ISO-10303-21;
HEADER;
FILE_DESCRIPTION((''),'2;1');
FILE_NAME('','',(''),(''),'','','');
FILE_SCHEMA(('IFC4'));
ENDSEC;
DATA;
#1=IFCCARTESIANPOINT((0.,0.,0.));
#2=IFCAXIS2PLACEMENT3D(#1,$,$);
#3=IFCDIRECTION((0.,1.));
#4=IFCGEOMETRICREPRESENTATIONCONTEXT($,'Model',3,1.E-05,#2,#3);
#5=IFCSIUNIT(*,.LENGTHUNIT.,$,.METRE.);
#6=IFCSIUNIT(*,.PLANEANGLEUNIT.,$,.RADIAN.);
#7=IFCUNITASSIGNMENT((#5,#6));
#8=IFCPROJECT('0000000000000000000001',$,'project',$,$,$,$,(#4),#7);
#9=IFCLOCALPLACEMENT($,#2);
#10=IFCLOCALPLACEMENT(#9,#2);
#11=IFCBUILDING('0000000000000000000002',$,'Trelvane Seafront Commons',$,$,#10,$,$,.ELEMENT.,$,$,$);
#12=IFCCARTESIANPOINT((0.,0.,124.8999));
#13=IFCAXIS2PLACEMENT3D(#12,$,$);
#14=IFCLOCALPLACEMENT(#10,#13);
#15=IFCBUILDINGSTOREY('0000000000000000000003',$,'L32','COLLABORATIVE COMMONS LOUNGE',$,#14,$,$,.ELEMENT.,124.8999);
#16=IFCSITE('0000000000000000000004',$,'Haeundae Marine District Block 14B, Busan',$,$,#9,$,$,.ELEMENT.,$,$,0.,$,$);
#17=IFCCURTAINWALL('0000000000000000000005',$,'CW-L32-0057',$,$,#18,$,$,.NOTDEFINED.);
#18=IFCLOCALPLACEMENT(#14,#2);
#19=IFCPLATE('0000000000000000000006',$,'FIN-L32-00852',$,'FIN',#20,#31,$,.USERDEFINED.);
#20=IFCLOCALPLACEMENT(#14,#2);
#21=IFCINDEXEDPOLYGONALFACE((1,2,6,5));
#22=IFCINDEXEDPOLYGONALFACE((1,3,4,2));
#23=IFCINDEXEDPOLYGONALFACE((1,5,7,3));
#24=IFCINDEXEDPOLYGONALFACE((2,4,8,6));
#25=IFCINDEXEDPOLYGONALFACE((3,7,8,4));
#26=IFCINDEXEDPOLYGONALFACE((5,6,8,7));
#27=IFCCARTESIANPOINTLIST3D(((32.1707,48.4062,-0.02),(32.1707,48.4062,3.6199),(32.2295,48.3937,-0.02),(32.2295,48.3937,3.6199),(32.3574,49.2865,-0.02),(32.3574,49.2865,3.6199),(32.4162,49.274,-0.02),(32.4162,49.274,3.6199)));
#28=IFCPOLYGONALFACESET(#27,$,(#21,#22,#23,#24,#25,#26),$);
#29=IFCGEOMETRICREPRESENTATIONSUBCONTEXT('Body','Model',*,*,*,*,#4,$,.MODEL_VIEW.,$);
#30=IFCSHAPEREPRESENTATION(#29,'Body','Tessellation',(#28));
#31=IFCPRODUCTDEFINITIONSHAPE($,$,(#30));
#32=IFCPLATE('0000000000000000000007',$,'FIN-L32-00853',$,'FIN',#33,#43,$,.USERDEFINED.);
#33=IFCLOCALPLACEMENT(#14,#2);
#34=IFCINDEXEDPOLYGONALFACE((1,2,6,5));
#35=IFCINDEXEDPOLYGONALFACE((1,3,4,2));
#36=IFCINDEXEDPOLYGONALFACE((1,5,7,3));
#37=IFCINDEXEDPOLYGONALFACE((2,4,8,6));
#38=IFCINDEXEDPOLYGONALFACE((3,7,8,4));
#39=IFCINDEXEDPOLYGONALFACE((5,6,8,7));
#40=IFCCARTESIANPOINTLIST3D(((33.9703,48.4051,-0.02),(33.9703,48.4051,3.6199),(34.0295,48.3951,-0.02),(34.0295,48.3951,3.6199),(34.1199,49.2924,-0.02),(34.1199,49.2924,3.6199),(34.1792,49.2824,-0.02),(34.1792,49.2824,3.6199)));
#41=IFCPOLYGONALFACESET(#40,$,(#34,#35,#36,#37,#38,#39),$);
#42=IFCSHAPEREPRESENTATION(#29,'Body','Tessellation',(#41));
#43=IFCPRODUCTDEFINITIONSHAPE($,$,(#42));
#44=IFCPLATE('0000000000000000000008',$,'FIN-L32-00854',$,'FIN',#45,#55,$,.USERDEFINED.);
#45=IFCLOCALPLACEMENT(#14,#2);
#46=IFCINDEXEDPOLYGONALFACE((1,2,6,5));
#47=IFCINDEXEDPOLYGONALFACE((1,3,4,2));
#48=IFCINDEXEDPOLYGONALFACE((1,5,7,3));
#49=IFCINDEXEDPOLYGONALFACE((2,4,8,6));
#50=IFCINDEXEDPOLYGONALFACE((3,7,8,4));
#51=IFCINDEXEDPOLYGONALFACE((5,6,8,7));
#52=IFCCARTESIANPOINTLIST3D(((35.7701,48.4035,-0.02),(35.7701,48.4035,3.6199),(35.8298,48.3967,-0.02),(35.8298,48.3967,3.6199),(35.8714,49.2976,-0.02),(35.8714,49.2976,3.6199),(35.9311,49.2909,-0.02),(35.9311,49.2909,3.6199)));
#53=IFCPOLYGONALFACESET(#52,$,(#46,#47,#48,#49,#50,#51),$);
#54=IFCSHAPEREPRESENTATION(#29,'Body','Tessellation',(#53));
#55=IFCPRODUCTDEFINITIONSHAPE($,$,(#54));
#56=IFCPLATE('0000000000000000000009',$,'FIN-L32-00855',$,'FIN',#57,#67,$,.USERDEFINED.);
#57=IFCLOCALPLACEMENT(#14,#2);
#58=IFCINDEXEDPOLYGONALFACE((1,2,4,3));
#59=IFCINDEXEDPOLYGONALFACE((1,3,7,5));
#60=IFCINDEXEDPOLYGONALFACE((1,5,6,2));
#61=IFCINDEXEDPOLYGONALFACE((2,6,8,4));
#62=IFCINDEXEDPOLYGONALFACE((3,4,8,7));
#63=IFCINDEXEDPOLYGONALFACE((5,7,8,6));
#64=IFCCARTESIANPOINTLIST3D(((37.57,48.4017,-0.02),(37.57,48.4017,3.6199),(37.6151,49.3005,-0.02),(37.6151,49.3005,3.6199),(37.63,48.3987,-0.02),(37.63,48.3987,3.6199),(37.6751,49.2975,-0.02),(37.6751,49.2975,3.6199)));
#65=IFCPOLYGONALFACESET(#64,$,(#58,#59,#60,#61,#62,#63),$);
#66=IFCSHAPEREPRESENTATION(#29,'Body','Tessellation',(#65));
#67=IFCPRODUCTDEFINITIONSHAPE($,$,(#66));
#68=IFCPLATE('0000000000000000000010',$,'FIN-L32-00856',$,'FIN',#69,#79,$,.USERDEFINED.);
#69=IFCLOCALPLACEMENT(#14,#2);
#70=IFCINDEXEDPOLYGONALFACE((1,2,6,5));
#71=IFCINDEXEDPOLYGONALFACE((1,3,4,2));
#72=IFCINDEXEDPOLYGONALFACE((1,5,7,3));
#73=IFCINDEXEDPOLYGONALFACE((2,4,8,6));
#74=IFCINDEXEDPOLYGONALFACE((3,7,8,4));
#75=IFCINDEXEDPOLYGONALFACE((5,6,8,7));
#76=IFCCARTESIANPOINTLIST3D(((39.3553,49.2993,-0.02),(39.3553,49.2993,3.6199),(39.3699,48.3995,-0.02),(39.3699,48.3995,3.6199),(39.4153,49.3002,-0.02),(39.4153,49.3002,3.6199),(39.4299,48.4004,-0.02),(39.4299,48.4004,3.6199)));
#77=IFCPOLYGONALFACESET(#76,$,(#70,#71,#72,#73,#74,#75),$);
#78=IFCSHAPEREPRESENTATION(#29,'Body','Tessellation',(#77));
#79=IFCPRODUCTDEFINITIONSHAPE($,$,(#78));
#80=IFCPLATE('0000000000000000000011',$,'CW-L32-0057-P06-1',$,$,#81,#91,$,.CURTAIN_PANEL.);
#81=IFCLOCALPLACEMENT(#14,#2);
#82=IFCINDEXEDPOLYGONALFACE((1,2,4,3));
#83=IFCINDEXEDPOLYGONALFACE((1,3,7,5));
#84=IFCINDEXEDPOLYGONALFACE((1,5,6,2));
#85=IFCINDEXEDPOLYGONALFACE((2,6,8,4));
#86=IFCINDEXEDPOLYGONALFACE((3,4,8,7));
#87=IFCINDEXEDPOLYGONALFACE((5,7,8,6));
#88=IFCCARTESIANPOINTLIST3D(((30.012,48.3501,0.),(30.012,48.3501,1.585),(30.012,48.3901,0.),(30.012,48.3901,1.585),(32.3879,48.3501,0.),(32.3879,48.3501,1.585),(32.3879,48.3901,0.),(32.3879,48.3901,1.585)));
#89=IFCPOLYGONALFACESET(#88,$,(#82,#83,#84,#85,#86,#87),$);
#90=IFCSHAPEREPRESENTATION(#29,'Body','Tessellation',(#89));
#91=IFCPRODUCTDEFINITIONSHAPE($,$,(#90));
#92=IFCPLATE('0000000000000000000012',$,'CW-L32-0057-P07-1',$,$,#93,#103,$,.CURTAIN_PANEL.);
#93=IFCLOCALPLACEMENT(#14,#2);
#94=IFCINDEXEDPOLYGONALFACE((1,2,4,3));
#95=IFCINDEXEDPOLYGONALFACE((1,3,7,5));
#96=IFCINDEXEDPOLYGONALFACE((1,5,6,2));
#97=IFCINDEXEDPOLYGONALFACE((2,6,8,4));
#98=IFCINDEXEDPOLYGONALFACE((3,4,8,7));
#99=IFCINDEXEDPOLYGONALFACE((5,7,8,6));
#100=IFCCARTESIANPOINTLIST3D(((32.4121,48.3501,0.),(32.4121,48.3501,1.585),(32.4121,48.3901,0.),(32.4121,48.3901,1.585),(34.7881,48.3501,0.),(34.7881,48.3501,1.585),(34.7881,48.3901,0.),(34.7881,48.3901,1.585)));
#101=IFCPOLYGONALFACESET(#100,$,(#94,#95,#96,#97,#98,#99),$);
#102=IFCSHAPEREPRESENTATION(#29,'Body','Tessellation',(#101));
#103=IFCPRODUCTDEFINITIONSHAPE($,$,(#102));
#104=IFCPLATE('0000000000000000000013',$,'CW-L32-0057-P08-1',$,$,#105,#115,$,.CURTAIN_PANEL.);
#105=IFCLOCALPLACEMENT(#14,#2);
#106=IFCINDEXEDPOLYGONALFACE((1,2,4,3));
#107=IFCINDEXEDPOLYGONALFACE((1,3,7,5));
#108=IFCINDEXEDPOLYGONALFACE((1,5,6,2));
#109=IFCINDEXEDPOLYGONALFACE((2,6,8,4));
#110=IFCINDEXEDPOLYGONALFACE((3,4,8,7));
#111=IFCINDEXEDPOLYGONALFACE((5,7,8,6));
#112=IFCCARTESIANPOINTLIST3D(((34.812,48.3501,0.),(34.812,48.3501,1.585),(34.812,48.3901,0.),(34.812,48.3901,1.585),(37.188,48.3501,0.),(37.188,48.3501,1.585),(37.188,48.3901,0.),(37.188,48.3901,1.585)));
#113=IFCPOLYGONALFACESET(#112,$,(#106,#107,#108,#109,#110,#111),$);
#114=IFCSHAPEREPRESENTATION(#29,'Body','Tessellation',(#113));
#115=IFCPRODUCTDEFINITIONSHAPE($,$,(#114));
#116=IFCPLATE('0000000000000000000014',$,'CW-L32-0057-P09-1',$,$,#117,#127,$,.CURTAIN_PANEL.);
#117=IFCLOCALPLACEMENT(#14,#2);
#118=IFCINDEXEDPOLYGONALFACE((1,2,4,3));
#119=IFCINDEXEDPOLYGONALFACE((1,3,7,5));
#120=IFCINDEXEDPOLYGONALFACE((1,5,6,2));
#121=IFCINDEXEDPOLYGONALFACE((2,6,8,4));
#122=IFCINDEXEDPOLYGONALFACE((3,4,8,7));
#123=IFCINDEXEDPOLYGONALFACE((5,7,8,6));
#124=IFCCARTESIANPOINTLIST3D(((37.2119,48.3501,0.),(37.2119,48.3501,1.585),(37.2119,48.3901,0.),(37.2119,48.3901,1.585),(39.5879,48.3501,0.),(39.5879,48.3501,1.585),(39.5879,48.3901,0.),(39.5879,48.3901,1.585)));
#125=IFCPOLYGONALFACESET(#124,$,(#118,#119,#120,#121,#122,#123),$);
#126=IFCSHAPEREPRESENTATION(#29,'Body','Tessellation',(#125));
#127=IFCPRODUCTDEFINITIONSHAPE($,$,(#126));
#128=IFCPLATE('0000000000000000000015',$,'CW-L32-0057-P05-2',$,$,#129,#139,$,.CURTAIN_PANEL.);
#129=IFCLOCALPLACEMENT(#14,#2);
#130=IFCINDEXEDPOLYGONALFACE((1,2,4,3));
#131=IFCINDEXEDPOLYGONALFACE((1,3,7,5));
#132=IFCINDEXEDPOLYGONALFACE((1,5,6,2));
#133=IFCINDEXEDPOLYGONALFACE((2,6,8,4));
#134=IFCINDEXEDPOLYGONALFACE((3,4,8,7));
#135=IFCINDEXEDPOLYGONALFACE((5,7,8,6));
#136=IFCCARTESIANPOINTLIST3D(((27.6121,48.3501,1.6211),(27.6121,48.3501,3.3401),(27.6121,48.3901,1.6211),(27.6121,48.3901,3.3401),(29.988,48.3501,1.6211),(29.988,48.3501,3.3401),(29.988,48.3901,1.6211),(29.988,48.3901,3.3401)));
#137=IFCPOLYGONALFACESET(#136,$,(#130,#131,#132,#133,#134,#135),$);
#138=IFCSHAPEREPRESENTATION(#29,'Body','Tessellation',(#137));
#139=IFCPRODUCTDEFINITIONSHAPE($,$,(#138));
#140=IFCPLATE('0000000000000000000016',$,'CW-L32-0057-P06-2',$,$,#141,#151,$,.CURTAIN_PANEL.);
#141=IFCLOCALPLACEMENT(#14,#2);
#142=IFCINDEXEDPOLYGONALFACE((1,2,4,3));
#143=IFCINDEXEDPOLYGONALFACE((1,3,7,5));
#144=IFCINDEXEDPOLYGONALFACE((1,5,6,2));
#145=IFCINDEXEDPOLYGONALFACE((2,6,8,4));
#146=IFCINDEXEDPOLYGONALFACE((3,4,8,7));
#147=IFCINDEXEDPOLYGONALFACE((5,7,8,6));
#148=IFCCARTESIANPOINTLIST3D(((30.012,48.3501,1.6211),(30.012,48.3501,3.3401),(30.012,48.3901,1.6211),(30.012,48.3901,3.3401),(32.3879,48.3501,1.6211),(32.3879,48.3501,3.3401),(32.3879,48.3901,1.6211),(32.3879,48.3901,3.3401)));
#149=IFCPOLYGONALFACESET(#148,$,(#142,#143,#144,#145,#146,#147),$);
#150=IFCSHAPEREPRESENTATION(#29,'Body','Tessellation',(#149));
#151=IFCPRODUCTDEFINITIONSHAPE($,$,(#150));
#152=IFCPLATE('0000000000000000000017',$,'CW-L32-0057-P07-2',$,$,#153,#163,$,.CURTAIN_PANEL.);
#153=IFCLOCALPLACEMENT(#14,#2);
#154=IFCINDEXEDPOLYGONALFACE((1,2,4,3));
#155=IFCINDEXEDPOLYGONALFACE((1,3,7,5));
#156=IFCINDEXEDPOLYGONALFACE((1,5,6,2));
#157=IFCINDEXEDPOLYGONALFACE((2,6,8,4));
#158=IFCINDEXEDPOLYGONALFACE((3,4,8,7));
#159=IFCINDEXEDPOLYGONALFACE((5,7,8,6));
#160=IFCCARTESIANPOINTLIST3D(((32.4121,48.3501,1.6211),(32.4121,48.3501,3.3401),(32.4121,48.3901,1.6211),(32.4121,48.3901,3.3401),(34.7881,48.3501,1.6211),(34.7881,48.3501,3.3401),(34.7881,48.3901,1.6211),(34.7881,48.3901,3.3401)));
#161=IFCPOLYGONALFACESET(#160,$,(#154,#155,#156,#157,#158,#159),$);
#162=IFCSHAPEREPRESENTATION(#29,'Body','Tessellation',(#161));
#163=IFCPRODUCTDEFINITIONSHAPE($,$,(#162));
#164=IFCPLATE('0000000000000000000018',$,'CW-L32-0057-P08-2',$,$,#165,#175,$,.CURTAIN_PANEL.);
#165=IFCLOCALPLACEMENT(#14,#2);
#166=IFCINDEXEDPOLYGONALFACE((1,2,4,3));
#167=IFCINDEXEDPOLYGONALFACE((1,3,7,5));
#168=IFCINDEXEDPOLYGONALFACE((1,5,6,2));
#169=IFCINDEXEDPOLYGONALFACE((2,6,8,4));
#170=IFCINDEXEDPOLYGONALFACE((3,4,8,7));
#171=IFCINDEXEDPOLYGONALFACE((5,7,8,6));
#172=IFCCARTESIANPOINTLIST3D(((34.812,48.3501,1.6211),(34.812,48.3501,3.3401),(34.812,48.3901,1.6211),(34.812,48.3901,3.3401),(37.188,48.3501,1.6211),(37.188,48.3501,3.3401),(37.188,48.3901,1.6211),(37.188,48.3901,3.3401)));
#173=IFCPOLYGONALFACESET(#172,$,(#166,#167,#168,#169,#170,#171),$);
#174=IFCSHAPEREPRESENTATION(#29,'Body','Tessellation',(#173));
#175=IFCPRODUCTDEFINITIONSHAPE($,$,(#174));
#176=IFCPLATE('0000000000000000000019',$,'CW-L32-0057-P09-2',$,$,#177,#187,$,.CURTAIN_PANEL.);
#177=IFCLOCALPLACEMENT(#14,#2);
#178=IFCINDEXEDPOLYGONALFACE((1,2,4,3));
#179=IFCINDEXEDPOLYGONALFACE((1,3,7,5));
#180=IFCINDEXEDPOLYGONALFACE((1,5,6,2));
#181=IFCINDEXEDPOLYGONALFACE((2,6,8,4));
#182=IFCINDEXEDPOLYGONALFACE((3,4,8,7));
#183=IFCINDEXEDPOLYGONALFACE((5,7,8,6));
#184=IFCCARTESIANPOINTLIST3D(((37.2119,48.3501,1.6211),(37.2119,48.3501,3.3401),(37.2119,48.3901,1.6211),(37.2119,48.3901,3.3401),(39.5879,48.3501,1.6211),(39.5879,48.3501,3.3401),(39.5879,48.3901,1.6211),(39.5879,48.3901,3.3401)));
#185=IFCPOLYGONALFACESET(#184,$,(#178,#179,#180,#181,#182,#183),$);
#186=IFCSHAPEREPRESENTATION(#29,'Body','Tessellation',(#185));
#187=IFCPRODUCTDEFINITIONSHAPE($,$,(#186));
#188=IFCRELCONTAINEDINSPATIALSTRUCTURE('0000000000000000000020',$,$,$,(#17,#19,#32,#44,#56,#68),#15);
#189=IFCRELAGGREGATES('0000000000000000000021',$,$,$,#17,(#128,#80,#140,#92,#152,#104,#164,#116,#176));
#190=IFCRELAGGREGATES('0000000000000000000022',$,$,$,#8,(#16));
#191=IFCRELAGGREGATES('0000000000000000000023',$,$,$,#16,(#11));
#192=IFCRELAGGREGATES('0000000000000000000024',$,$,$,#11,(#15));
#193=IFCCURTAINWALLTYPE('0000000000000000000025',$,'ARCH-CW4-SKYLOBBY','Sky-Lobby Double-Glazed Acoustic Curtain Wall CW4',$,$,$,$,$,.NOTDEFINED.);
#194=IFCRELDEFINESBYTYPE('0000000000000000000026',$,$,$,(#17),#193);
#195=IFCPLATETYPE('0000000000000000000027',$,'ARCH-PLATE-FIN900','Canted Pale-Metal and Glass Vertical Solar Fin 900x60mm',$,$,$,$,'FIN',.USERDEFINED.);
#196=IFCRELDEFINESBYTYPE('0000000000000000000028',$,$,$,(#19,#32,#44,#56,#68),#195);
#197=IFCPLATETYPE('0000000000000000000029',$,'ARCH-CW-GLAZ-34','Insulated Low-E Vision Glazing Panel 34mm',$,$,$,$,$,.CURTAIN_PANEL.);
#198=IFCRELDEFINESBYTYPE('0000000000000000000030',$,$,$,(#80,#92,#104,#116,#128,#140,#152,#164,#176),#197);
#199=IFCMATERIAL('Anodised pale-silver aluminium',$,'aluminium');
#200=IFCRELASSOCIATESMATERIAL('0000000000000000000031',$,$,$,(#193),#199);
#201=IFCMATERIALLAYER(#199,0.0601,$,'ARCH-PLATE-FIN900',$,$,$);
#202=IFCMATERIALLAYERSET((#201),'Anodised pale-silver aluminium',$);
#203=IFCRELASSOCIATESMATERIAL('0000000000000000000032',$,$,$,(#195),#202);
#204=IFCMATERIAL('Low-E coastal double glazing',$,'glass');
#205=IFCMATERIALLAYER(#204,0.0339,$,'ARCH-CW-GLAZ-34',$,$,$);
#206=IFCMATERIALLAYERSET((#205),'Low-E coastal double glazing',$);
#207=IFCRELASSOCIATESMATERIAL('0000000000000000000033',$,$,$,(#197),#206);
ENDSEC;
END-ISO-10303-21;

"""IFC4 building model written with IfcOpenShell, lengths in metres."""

from ifc_helpers import new_model, si_unit, direction, frame, origin, origin_2d, place, context, subcontext, project, spatial, rectangle, extrude, source, transform, mapped, material, layer, layer_set, type_object, element, aggregate, save


model = new_model("IFC4")

# Units and contexts
model_context = context("Model", 3, precision=1e-05, world=origin(), true_north=direction((0.0, 1.0)))
body_context = subcontext(model_context, "Body", "Model", "MODEL_VIEW")
ifc_project = project(units=[si_unit("LENGTHUNIT", "METRE"), si_unit("PLANEANGLEUNIT", "RADIAN")], contexts=[model_context])

# Site, building, storey
site_placement = place(None, origin())
site = spatial("IfcSite", under=ifc_project, at=site_placement, Name="Haeundae Marine District Block 14B, Busan", CompositionType="ELEMENT", RefElevation=0.0)
building_placement = place(site_placement, origin())
building = spatial("IfcBuilding", under=site, at=building_placement, Name="Trelvane Seafront Commons", CompositionType="ELEMENT")
storey_placement = place(building_placement, frame((0.0, 0.0, 124.8999)))
storey = spatial("IfcBuildingStorey", under=building, at=storey_placement, Name="L32", Description="COLLABORATIVE COMMONS LOUNGE", CompositionType="ELEMENT", Elevation=124.8999)

# Curtain wall
ifc_material_1 = material(Name="Anodised pale-silver aluminium", Category="aluminium")
curtain_wall_type = type_object("IfcCurtainWallType", Name="ARCH-CW4-SKYLOBBY", Description="Sky-Lobby Double-Glazed Acoustic Curtain Wall CW4", PredefinedType="NOTDEFINED", material=ifc_material_1)
curtain_wall_placement = place(storey_placement, origin())
curtain_wall = element("IfcCurtainWall", 1, at=curtain_wall_placement, inside=storey, type_object=curtain_wall_type, Name="CW-L32-0057", PredefinedType="NOTDEFINED")

# Plates
ifc_layer_1 = layer(ifc_material_1, 0.0601, Name="ARCH-PLATE-FIN900")
ifc_layer_set_1 = layer_set([ifc_layer_1], Name="Anodised pale-silver aluminium")
plate_type_1 = type_object("IfcPlateType", Name="ARCH-PLATE-FIN900", Description="Canted Pale-Metal and Glass Vertical Solar Fin 900x60mm", ElementType="FIN", PredefinedType="USERDEFINED", material=ifc_layer_set_1)
shared_shape_1 = source(origin(), body_context, "Body", "SweptSolid", [
    extrude(rectangle(XDim=0.8999, YDim=0.0601, at=origin_2d()), origin(), (0.0, 0.0, 1.0), 3.6399),
])
for number, where, z_axis, x_axis, name in (
    (2, (32.2935, 48.8401, -0.02), (0.0, 0.0, 1.0), (0.207449, 0.978246, 0.0), "FIN-L32-00852"),
    (3, (34.0747, 48.8438, -0.02), (0.0, 0.0, 1.0), (0.166326, 0.986071, 0.0), "FIN-L32-00853"),
    (4, (35.8506, 48.8472, -0.02), (0.0, 0.0, 1.0), (0.112553, 0.993646, 0.0), "FIN-L32-00854"),
    (5, (37.6226, 48.8496, -0.02), (0.0, 0.0, 1.0), (0.05011, 0.998744, 0.0), "FIN-L32-00855"),
    (6, (39.3926, 48.8499, -0.02), (0.0, 0.0, 1.0), (-0.016222, 0.999868, 0.0), "FIN-L32-00856"),
):
    element("IfcPlate", number, at=place(storey_placement, frame(where, z_axis=z_axis, x_axis=x_axis)), inside=storey, type_object=plate_type_1, Name=name, ObjectType="FIN", PredefinedType="USERDEFINED", context=body_context, shape_type="MappedRepresentation", body=[
        mapped(shared_shape_1, transform((0.0, 0.0, 0.0), x_axis=(1.0, 0.0, 0.0), y_axis=(0.0, 1.0, 0.0), z_axis=(0.0, 0.0, 1.0), scale=1.0)),
    ])

# Plates
ifc_material_2 = material(Name="Low-E coastal double glazing", Category="glass")
ifc_layer_2 = layer(ifc_material_2, 0.0339, Name="ARCH-CW-GLAZ-34")
ifc_layer_set_2 = layer_set([ifc_layer_2], Name="Low-E coastal double glazing")
plate_type_2 = type_object("IfcPlateType", Name="ARCH-CW-GLAZ-34", Description="Insulated Low-E Vision Glazing Panel 34mm", PredefinedType="CURTAIN_PANEL", material=ifc_layer_set_2)
shared_shape_2 = source(origin(), body_context, "Body", "SweptSolid", [
    extrude(rectangle(XDim=2.376, YDim=0.04, at=origin_2d()), origin(), (0.0, 0.0, 1.0), 1.585),
])
plate_1_placement = place(storey_placement, frame((31.2, 48.3701, 0.0), z_axis=(0.0, 0.0, 1.0), x_axis=(1.0, 0.0, 0.0)))
plate_1 = element("IfcPlate", 7, at=plate_1_placement, type_object=plate_type_2, Name="CW-L32-0057-P06-1", PredefinedType="CURTAIN_PANEL", context=body_context, shape_type="MappedRepresentation", body=[
    mapped(shared_shape_2, transform((0.0, 0.0, 0.0), x_axis=(1.0, 0.0, 0.0), y_axis=(0.0, 1.0, 0.0), z_axis=(0.0, 0.0, 1.0), scale=1.0)),
])
plate_2_placement = place(storey_placement, frame((33.6001, 48.3701, 0.0), z_axis=(0.0, 0.0, 1.0), x_axis=(1.0, 0.0, 0.0)))
plate_2 = element("IfcPlate", 8, at=plate_2_placement, type_object=plate_type_2, Name="CW-L32-0057-P07-1", PredefinedType="CURTAIN_PANEL", context=body_context, shape_type="MappedRepresentation", body=[
    mapped(shared_shape_2, transform((0.0, 0.0, 0.0), x_axis=(1.0, 0.0, 0.0), y_axis=(0.0, 1.0, 0.0), z_axis=(0.0, 0.0, 1.0), scale=1.0)),
])
plate_3_placement = place(storey_placement, frame((36.0, 48.3701, 0.0), z_axis=(0.0, 0.0, 1.0), x_axis=(1.0, 0.0, 0.0)))
plate_3 = element("IfcPlate", 9, at=plate_3_placement, type_object=plate_type_2, Name="CW-L32-0057-P08-1", PredefinedType="CURTAIN_PANEL", context=body_context, shape_type="MappedRepresentation", body=[
    mapped(shared_shape_2, transform((0.0, 0.0, 0.0), x_axis=(1.0, 0.0, 0.0), y_axis=(0.0, 1.0, 0.0), z_axis=(0.0, 0.0, 1.0), scale=1.0)),
])
plate_4_placement = place(storey_placement, frame((38.3999, 48.3701, 0.0), z_axis=(0.0, 0.0, 1.0), x_axis=(1.0, 0.0, 0.0)))
plate_4 = element("IfcPlate", 10, at=plate_4_placement, type_object=plate_type_2, Name="CW-L32-0057-P09-1", PredefinedType="CURTAIN_PANEL", context=body_context, shape_type="MappedRepresentation", body=[
    mapped(shared_shape_2, transform((0.0, 0.0, 0.0), x_axis=(1.0, 0.0, 0.0), y_axis=(0.0, 1.0, 0.0), z_axis=(0.0, 0.0, 1.0), scale=1.0)),
])
shared_shape_3 = source(origin(), body_context, "Body", "SweptSolid", [
    extrude(rectangle(XDim=2.376, YDim=0.04, at=origin_2d()), origin(), (0.0, 0.0, 1.0), 1.719),
])
plate_5_placement = place(storey_placement, frame((28.8, 48.3701, 1.6211), z_axis=(0.0, 0.0, 1.0), x_axis=(1.0, 0.0, 0.0)))
plate_5 = element("IfcPlate", 11, at=plate_5_placement, type_object=plate_type_2, Name="CW-L32-0057-P05-2", PredefinedType="CURTAIN_PANEL", context=body_context, shape_type="MappedRepresentation", body=[
    mapped(shared_shape_3, transform((0.0, 0.0, 0.0), x_axis=(1.0, 0.0, 0.0), y_axis=(0.0, 1.0, 0.0), z_axis=(0.0, 0.0, 1.0), scale=1.0)),
])
plate_6_placement = place(storey_placement, frame((31.2, 48.3701, 1.6211), z_axis=(0.0, 0.0, 1.0), x_axis=(1.0, 0.0, 0.0)))
plate_6 = element("IfcPlate", 12, at=plate_6_placement, type_object=plate_type_2, Name="CW-L32-0057-P06-2", PredefinedType="CURTAIN_PANEL", context=body_context, shape_type="MappedRepresentation", body=[
    mapped(shared_shape_3, transform((0.0, 0.0, 0.0), x_axis=(1.0, 0.0, 0.0), y_axis=(0.0, 1.0, 0.0), z_axis=(0.0, 0.0, 1.0), scale=1.0)),
])
plate_7_placement = place(storey_placement, frame((33.6001, 48.3701, 1.6211), z_axis=(0.0, 0.0, 1.0), x_axis=(1.0, 0.0, 0.0)))
plate_7 = element("IfcPlate", 13, at=plate_7_placement, type_object=plate_type_2, Name="CW-L32-0057-P07-2", PredefinedType="CURTAIN_PANEL", context=body_context, shape_type="MappedRepresentation", body=[
    mapped(shared_shape_3, transform((0.0, 0.0, 0.0), x_axis=(1.0, 0.0, 0.0), y_axis=(0.0, 1.0, 0.0), z_axis=(0.0, 0.0, 1.0), scale=1.0)),
])
plate_8_placement = place(storey_placement, frame((36.0, 48.3701, 1.6211), z_axis=(0.0, 0.0, 1.0), x_axis=(1.0, 0.0, 0.0)))
plate_8 = element("IfcPlate", 14, at=plate_8_placement, type_object=plate_type_2, Name="CW-L32-0057-P08-2", PredefinedType="CURTAIN_PANEL", context=body_context, shape_type="MappedRepresentation", body=[
    mapped(shared_shape_3, transform((0.0, 0.0, 0.0), x_axis=(1.0, 0.0, 0.0), y_axis=(0.0, 1.0, 0.0), z_axis=(0.0, 0.0, 1.0), scale=1.0)),
])
plate_9_placement = place(storey_placement, frame((38.3999, 48.3701, 1.6211), z_axis=(0.0, 0.0, 1.0), x_axis=(1.0, 0.0, 0.0)))
plate_9 = element("IfcPlate", 15, at=plate_9_placement, type_object=plate_type_2, Name="CW-L32-0057-P09-2", PredefinedType="CURTAIN_PANEL", context=body_context, shape_type="MappedRepresentation", body=[
    mapped(shared_shape_3, transform((0.0, 0.0, 0.0), x_axis=(1.0, 0.0, 0.0), y_axis=(0.0, 1.0, 0.0), z_axis=(0.0, 0.0, 1.0), scale=1.0)),
])
aggregate(curtain_wall, [plate_5, plate_1, plate_6, plate_2, plate_7, plate_3, plate_8, plate_4, plate_9])

save(model, "model.ifc")
